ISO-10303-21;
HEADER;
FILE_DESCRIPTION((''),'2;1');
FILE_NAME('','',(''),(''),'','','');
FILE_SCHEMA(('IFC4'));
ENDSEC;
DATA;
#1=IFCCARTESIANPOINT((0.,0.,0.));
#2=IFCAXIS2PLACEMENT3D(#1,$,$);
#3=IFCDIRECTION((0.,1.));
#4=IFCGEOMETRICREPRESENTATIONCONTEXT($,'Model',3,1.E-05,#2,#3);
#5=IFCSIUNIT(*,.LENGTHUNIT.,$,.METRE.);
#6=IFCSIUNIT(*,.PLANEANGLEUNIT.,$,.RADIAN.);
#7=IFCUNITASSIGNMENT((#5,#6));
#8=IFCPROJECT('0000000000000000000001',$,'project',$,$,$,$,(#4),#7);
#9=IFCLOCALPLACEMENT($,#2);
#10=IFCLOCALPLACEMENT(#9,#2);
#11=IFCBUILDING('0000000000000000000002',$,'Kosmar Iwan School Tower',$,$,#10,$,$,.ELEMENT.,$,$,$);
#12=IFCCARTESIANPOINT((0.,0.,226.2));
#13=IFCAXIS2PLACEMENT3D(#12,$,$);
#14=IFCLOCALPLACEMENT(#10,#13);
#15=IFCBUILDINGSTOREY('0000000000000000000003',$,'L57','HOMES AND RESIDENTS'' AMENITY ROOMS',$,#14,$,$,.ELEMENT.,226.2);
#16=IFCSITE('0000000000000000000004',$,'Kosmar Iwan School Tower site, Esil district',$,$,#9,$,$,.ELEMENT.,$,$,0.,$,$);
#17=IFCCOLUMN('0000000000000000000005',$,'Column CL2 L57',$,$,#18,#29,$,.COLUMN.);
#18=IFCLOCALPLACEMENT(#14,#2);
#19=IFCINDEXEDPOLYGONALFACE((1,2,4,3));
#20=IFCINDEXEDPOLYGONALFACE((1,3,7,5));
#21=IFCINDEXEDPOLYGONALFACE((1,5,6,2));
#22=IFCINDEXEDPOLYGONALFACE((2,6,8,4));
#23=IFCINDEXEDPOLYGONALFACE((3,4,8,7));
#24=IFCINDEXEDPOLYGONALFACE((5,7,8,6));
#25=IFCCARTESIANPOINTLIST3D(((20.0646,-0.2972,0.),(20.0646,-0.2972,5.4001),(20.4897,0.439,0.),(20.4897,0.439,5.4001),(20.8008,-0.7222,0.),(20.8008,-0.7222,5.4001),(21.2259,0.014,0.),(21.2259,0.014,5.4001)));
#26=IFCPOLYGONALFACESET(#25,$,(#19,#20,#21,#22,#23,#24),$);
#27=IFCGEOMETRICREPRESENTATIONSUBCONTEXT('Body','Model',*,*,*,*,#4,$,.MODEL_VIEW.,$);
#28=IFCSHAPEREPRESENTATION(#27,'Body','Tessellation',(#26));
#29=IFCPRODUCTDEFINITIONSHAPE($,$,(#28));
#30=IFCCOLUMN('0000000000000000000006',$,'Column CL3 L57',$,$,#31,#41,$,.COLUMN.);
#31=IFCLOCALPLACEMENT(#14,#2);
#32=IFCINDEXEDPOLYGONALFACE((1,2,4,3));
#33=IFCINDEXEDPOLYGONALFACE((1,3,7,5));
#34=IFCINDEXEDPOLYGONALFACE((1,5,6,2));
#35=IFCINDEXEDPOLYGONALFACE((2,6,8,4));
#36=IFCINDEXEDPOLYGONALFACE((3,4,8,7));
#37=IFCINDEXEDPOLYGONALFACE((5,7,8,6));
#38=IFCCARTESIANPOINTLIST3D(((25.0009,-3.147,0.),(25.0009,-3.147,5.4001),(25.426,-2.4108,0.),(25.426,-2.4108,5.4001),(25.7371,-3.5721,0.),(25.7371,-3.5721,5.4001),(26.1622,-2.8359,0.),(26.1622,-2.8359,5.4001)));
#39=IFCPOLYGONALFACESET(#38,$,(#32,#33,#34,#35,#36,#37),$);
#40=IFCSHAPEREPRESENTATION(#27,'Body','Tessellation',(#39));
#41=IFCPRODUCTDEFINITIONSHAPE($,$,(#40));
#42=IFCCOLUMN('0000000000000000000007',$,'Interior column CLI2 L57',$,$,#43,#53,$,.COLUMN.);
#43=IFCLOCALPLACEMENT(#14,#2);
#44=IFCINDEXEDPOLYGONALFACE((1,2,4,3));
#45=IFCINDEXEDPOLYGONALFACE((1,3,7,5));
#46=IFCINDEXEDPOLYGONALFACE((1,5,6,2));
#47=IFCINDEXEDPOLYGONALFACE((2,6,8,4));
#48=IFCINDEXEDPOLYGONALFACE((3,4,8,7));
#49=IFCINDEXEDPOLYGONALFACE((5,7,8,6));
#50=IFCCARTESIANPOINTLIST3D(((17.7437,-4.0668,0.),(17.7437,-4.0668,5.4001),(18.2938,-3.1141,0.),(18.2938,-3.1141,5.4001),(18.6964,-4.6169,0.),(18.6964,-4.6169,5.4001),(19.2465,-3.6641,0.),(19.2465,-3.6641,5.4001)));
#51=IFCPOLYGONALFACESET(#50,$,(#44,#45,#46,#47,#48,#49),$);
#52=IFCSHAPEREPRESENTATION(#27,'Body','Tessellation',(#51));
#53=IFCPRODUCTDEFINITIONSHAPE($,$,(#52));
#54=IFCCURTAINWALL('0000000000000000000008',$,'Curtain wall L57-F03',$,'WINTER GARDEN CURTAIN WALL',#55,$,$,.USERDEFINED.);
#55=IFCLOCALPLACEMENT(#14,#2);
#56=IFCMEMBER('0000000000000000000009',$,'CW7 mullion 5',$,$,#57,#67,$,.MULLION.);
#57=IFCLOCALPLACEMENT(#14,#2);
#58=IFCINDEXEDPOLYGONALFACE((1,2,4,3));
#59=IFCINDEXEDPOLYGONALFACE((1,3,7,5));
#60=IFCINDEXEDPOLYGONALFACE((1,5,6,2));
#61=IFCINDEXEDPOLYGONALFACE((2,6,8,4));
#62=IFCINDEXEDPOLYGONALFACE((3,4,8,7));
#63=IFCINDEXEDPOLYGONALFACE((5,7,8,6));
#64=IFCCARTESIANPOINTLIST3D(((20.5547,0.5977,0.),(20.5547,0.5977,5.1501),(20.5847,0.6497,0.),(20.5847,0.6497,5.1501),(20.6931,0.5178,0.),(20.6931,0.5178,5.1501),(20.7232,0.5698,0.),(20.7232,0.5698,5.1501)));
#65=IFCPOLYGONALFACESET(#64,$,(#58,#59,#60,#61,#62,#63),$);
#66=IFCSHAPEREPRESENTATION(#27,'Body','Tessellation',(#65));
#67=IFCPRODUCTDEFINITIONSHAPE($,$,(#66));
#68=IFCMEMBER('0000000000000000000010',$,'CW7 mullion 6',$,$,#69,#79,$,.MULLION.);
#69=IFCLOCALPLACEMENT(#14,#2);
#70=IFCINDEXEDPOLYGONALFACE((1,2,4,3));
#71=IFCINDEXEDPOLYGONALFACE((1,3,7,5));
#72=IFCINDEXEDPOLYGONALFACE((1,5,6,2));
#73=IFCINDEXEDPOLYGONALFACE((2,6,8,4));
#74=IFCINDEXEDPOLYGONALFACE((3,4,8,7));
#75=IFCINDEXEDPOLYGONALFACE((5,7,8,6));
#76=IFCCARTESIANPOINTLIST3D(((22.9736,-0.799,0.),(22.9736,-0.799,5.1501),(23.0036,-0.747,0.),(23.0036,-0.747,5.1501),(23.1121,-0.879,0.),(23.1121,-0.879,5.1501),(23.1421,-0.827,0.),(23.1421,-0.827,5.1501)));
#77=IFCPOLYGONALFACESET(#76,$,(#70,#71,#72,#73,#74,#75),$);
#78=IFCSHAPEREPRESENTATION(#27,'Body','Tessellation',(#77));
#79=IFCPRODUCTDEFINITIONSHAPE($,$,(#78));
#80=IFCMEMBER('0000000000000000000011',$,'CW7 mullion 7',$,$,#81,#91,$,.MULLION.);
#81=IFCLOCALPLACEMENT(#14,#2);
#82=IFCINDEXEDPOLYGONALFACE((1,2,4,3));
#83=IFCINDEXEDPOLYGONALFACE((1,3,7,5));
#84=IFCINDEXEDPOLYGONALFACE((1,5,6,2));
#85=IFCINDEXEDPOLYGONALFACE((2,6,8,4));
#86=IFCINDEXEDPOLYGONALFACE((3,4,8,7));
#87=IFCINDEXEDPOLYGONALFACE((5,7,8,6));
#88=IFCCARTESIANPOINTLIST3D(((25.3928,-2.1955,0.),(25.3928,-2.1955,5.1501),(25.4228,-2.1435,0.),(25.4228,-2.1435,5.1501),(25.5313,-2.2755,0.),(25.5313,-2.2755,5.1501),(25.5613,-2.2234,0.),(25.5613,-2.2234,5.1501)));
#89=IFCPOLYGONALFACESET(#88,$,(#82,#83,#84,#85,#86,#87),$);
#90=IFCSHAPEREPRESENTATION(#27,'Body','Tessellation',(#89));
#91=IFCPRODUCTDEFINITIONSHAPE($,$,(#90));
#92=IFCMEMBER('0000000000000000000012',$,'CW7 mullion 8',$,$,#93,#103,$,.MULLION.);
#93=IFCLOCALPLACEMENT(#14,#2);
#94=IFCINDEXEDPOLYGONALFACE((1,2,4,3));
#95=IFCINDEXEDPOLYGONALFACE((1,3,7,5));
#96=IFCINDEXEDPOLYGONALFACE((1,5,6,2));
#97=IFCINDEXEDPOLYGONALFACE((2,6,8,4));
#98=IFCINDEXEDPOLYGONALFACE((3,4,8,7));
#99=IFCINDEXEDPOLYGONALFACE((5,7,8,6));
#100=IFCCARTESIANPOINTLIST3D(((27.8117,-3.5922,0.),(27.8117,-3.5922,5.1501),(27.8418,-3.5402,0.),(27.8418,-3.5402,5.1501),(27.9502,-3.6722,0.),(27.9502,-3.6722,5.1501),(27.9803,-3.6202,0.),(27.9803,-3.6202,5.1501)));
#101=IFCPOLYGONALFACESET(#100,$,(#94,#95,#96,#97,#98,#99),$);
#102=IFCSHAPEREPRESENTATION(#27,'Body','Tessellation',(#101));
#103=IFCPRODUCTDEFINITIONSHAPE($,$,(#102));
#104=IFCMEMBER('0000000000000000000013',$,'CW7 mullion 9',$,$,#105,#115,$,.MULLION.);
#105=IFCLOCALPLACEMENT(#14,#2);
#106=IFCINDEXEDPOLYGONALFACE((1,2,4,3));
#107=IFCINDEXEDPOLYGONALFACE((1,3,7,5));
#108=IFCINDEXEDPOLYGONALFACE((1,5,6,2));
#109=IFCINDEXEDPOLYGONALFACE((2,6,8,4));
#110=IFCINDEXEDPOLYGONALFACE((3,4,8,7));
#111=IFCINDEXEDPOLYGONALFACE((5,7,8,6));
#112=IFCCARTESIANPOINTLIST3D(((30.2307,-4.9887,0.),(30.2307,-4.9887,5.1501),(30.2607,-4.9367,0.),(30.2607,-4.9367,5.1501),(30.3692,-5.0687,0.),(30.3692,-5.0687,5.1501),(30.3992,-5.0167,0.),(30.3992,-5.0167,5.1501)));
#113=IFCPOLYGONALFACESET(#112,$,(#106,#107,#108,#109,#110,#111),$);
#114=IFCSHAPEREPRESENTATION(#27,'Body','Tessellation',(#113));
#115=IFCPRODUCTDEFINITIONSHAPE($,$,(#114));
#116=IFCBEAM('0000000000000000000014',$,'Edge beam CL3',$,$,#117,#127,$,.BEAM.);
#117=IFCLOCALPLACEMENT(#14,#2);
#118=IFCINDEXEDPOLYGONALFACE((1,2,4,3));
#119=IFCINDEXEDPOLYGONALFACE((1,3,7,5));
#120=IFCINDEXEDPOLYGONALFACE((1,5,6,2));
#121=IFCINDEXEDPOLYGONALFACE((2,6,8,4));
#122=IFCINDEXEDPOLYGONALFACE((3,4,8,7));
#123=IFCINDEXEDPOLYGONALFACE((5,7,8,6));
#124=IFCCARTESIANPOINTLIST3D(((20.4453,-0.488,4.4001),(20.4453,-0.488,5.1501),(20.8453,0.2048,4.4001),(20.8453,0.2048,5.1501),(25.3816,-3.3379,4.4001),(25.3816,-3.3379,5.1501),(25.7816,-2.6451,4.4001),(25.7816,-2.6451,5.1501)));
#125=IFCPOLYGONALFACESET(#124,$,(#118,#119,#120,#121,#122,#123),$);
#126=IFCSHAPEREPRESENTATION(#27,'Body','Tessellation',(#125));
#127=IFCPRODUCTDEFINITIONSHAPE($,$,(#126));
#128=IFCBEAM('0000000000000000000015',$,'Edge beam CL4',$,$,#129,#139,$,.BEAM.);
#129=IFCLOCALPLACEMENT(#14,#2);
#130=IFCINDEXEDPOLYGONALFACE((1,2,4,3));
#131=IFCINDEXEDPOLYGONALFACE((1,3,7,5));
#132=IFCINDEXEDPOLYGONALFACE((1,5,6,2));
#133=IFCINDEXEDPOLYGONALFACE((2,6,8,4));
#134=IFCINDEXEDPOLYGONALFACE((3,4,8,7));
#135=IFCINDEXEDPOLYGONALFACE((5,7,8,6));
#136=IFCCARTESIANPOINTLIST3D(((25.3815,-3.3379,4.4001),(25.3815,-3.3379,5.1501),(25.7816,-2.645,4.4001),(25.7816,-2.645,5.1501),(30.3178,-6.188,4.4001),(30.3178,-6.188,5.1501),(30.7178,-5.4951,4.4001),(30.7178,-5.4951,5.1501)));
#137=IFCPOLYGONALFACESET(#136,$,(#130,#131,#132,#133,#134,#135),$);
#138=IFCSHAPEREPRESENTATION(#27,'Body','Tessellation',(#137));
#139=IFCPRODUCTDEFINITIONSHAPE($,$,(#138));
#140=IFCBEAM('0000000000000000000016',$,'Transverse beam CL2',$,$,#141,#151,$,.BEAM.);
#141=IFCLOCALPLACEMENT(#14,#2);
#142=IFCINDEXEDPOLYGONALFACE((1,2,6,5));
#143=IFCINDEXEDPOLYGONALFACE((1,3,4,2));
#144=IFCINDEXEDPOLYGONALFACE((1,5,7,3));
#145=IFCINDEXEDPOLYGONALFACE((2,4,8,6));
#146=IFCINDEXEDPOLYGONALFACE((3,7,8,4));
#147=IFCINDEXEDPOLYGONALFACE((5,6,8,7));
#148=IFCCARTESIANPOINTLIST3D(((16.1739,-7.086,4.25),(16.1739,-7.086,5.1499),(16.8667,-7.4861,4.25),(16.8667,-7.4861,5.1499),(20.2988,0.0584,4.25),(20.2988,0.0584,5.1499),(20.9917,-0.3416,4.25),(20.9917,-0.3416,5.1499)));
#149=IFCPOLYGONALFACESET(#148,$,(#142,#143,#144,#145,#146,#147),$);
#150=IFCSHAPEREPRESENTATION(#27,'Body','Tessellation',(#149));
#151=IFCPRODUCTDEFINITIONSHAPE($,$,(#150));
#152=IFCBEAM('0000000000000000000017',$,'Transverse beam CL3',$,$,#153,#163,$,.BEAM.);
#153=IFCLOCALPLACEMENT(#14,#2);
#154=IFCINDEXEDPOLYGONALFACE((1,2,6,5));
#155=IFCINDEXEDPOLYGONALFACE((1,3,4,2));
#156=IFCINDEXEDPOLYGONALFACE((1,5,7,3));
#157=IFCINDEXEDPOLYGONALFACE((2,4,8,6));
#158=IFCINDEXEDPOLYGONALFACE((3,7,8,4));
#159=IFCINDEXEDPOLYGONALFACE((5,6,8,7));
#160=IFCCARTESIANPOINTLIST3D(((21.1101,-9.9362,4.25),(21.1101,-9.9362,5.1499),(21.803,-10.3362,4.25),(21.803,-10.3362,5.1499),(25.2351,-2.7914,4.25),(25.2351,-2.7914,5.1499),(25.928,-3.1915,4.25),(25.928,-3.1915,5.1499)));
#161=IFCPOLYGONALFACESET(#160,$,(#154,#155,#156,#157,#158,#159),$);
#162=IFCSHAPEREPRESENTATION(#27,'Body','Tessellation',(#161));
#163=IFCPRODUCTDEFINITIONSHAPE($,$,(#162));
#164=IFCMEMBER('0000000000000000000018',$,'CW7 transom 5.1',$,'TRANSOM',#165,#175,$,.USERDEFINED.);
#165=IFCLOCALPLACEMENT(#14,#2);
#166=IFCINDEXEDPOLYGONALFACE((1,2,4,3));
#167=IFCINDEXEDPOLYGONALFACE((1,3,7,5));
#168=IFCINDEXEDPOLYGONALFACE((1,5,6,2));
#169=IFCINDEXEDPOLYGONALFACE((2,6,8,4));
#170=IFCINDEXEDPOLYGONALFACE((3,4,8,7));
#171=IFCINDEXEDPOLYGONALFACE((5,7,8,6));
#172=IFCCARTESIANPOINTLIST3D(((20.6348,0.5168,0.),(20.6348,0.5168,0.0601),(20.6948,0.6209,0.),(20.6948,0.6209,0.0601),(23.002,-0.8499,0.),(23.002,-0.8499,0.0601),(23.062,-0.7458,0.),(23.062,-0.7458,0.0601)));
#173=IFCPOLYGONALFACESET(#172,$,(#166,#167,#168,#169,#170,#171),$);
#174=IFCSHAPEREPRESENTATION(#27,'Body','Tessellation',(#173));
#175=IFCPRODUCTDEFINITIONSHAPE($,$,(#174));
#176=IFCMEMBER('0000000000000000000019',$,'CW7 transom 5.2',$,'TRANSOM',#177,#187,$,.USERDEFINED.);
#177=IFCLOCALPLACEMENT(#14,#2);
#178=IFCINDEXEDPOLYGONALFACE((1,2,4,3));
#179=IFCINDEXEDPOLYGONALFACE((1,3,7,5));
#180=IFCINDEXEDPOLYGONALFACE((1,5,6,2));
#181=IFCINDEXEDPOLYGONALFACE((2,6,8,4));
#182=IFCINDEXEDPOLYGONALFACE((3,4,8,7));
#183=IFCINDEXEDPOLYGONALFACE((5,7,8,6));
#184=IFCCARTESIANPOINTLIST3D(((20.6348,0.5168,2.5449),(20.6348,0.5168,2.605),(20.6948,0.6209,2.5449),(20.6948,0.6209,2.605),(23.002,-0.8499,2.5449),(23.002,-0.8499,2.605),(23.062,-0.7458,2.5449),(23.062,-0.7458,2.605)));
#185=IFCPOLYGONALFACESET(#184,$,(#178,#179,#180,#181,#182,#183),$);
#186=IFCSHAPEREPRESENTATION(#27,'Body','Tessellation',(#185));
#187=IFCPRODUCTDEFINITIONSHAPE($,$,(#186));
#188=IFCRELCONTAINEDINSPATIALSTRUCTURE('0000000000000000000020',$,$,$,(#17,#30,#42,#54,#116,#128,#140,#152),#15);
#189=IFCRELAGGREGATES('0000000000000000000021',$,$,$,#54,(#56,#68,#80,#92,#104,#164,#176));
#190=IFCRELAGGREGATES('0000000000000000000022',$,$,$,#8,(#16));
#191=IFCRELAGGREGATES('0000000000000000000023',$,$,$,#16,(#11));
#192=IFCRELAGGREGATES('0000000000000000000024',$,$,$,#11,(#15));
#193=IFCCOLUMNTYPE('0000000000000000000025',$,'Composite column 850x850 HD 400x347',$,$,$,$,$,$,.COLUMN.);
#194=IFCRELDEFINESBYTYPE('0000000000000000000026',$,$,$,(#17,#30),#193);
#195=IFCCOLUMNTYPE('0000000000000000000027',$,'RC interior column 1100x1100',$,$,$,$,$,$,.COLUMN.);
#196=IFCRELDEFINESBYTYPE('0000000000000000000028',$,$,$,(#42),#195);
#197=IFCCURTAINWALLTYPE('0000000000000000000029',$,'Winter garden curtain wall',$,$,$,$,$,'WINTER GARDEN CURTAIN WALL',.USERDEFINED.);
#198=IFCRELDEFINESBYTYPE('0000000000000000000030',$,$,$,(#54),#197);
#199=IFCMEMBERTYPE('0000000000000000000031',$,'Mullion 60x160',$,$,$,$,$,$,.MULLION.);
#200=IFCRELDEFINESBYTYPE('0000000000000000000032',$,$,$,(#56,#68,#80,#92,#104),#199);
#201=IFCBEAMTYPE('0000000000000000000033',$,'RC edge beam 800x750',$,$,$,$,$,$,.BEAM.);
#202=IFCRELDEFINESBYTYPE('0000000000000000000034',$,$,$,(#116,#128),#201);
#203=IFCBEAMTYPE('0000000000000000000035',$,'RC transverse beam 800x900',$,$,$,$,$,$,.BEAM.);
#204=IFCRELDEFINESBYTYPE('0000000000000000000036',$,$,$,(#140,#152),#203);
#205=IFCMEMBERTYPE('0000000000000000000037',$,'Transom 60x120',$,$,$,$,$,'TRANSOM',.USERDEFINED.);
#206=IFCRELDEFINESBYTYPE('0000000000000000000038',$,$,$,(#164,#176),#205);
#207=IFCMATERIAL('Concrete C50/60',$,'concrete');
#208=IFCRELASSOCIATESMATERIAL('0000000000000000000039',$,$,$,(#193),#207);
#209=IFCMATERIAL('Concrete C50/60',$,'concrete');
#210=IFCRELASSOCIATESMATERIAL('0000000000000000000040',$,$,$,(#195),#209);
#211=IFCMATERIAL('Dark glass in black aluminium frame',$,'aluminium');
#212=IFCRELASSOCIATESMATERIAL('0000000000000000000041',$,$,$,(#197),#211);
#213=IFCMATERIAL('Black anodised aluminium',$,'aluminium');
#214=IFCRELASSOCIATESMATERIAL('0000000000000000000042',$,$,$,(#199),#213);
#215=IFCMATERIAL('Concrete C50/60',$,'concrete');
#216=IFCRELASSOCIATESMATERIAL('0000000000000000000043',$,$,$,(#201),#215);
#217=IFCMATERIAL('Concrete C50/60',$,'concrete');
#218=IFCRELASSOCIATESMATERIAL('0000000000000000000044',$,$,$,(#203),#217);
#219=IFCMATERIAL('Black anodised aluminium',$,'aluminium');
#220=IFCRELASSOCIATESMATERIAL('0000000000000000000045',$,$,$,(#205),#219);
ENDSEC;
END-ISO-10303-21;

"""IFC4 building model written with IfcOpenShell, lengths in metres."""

from ifc_helpers import new_model, si_unit, direction, frame, origin, origin_2d, place, context, subcontext, project, spatial, rectangle, extrude, material, material_profile, profile_set, type_object, element, aggregate, save


model = new_model("IFC4")

# Units and contexts
model_context = context("Model", 3, precision=1e-05, world=origin(), true_north=direction((0.0, 1.0)))
body_context = subcontext(model_context, "Body", "Model", "MODEL_VIEW")
ifc_project = project(units=[si_unit("LENGTHUNIT", "METRE"), si_unit("PLANEANGLEUNIT", "RADIAN")], contexts=[model_context])

# Site, building, storey
site_placement = place(None, origin())
site = spatial("IfcSite", under=ifc_project, at=site_placement, Name="Kosmar Iwan School Tower site, Esil district", CompositionType="ELEMENT", RefElevation=0.0)
building_placement = place(site_placement, origin())
building = spatial("IfcBuilding", under=site, at=building_placement, Name="Kosmar Iwan School Tower", CompositionType="ELEMENT")
storey_placement = place(building_placement, frame((0.0, 0.0, 226.2)))
storey = spatial("IfcBuildingStorey", under=building, at=storey_placement, Name="L57", Description="HOMES AND RESIDENTS' AMENITY ROOMS", CompositionType="ELEMENT", Elevation=226.2)

# Columns
ifc_material_1 = material(Name="Concrete C50/60", Category="concrete")
ifc_material_profile_1 = material_profile(ifc_material_1, rectangle(XDim=0.8501, YDim=0.8501, at=origin_2d()), Name="RC 850x850 + HD 400x347")
ifc_profile_set_1 = profile_set([ifc_material_profile_1], Name="Concrete C50/60")
column_type_1 = type_object("IfcColumnType", Name="Composite column 850x850 HD 400x347", PredefinedType="COLUMN", material=ifc_profile_set_1)
for number, where, z_axis, x_axis, name in (
    (1, (20.6453, -0.1416, 0.0), (0.0, 0.0, 1.0), (0.866025, -0.5, 0.0), "Column CL2 L57"),
    (2, (25.5815, -2.9915, 0.0), (0.0, 0.0, 1.0), (0.866025, -0.5, 0.0), "Column CL3 L57"),
):
    element("IfcColumn", number, at=place(storey_placement, frame(where, z_axis=z_axis, x_axis=x_axis)), inside=storey, type_object=column_type_1, Name=name, PredefinedType="COLUMN", context=body_context, shape_type="SweptSolid", body=[
        extrude(rectangle(XDim=0.8501, YDim=0.8501, at=origin_2d()), origin(), (0.0, 0.0, 1.0), 5.4001),
    ])
ifc_material_2 = material(Name="Concrete C50/60", Category="concrete")
ifc_material_profile_2 = material_profile(ifc_material_2, rectangle(XDim=1.1001, YDim=1.1001, at=origin_2d()), Name="RC 1100x1100")
ifc_profile_set_2 = profile_set([ifc_material_profile_2], Name="Concrete C50/60")
column_type_2 = type_object("IfcColumnType", Name="RC interior column 1100x1100", PredefinedType="COLUMN", material=ifc_profile_set_2)
column_placement = place(storey_placement, frame((18.4951, -3.8655, 0.0), z_axis=(0.0, 0.0, 1.0), x_axis=(0.866025, -0.5, 0.0)))
element("IfcColumn", 3, at=column_placement, inside=storey, type_object=column_type_2, Name="Interior column CLI2 L57", PredefinedType="COLUMN", context=body_context, shape_type="SweptSolid", body=[
    extrude(rectangle(XDim=1.1001, YDim=1.1001, at=origin_2d()), origin(), (0.0, 0.0, 1.0), 5.4001),
])

# Curtain wall, members
ifc_material_3 = material(Name="Dark glass in black aluminium frame", Category="aluminium")
curtain_wall_type = type_object("IfcCurtainWallType", Name="Winter garden curtain wall", ElementType="WINTER GARDEN CURTAIN WALL", PredefinedType="USERDEFINED", material=ifc_material_3)
curtain_wall_placement = place(storey_placement, origin())
curtain_wall = element("IfcCurtainWall", 4, at=curtain_wall_placement, inside=storey, type_object=curtain_wall_type, Name="Curtain wall L57-F03", ObjectType="WINTER GARDEN CURTAIN WALL", PredefinedType="USERDEFINED")
ifc_material_4 = material(Name="Black anodised aluminium", Category="aluminium")
ifc_material_profile_3 = material_profile(ifc_material_4, rectangle(XDim=0.0601, YDim=0.1599, at=origin_2d()), Name="MULLION 60x160")
ifc_profile_set_3 = profile_set([ifc_material_profile_3], Name="Black anodised aluminium")
member_type_1 = type_object("IfcMemberType", Name="Mullion 60x160", PredefinedType="MULLION", material=ifc_profile_set_3)
member_1_placement = place(storey_placement, frame((20.6389, 0.5837, 0.0), z_axis=(0.0, 0.0, 1.0), x_axis=(0.5, 0.866025, 0.0)))
member_1 = element("IfcMember", 5, at=member_1_placement, type_object=member_type_1, Name="CW7 mullion 5", PredefinedType="MULLION", context=body_context, shape_type="SweptSolid", body=[
    extrude(rectangle(XDim=0.0601, YDim=0.1599, at=origin_2d()), origin(), (0.0, 0.0, 1.0), 5.1501),
])
member_2_placement = place(storey_placement, frame((23.0579, -0.813, 0.0), z_axis=(0.0, 0.0, 1.0), x_axis=(0.5, 0.866025, 0.0)))
member_2 = element("IfcMember", 6, at=member_2_placement, type_object=member_type_1, Name="CW7 mullion 6", PredefinedType="MULLION", context=body_context, shape_type="SweptSolid", body=[
    extrude(rectangle(XDim=0.0601, YDim=0.1599, at=origin_2d()), origin(), (0.0, 0.0, 1.0), 5.1501),
])
member_3_placement = place(storey_placement, frame((25.4771, -2.2095, 0.0), z_axis=(0.0, 0.0, 1.0), x_axis=(0.5, 0.866025, 0.0)))
member_3 = element("IfcMember", 7, at=member_3_placement, type_object=member_type_1, Name="CW7 mullion 7", PredefinedType="MULLION", context=body_context, shape_type="SweptSolid", body=[
    extrude(rectangle(XDim=0.0601, YDim=0.1599, at=origin_2d()), origin(), (0.0, 0.0, 1.0), 5.1501),
])
member_4_placement = place(storey_placement, frame((27.896, -3.6062, 0.0), z_axis=(0.0, 0.0, 1.0), x_axis=(0.5, 0.866025, 0.0)))
member_4 = element("IfcMember", 8, at=member_4_placement, type_object=member_type_1, Name="CW7 mullion 8", PredefinedType="MULLION", context=body_context, shape_type="SweptSolid", body=[
    extrude(rectangle(XDim=0.0601, YDim=0.1599, at=origin_2d()), origin(), (0.0, 0.0, 1.0), 5.1501),
])
member_5_placement = place(storey_placement, frame((30.3149, -5.0027, 0.0), z_axis=(0.0, 0.0, 1.0), x_axis=(0.5, 0.866025, 0.0)))
member_5 = element("IfcMember", 9, at=member_5_placement, type_object=member_type_1, Name="CW7 mullion 9", PredefinedType="MULLION", context=body_context, shape_type="SweptSolid", body=[
    extrude(rectangle(XDim=0.0601, YDim=0.1599, at=origin_2d()), origin(), (0.0, 0.0, 1.0), 5.1501),
])

# Beams
ifc_material_5 = material(Name="Concrete C50/60", Category="concrete")
ifc_material_profile_4 = material_profile(ifc_material_5, rectangle(XDim=0.8, YDim=0.75, at=origin_2d()), Name="RC 800x750")
ifc_profile_set_4 = profile_set([ifc_material_profile_4], Name="Concrete C50/60")
beam_type_1 = type_object("IfcBeamType", Name="RC edge beam 800x750", PredefinedType="BEAM", material=ifc_profile_set_4)
for number, where, z_axis, x_axis, name in (
    (10, (20.6453, -0.1416, 4.7751), (0.866034, -0.499986, 0.0), (0.499986, 0.866034, 0.0), "Edge beam CL3"),
    (11, (25.5815, -2.9915, 4.7751), (0.866015, -0.500018, 0.0), (0.500018, 0.866015, 0.0), "Edge beam CL4"),
):
    element("IfcBeam", number, at=place(storey_placement, frame(where, z_axis=z_axis, x_axis=x_axis)), inside=storey, type_object=beam_type_1, Name=name, PredefinedType="BEAM", context=body_context, shape_type="SweptSolid", body=[
        extrude(rectangle(XDim=0.8, YDim=0.75, at=origin_2d()), origin(), (0.0, 0.0, 1.0), 5.7),
    ])
ifc_material_6 = material(Name="Concrete C50/60", Category="concrete")
ifc_material_profile_5 = material_profile(ifc_material_6, rectangle(XDim=0.8, YDim=0.8999, at=origin_2d()), Name="RC 800x900")
ifc_profile_set_5 = profile_set([ifc_material_profile_5], Name="Concrete C50/60")
beam_type_2 = type_object("IfcBeamType", Name="RC transverse beam 800x900", PredefinedType="BEAM", material=ifc_profile_set_5)
beam_1_placement = place(storey_placement, frame((20.6453, -0.1416, 4.7), z_axis=(-0.500009, -0.86602, 0.0), x_axis=(0.86602, -0.500009, 0.0)))
element("IfcBeam", 12, at=beam_1_placement, inside=storey, type_object=beam_type_2, Name="Transverse beam CL2", PredefinedType="BEAM", context=body_context, shape_type="SweptSolid", body=[
    extrude(rectangle(XDim=0.8, YDim=0.8999, at=origin_2d()), origin(), (0.0, 0.0, 1.0), 8.2498),
])
beam_2_placement = place(storey_placement, frame((25.5815, -2.9915, 4.7), z_axis=(-0.499997, -0.866027, 0.0), x_axis=(0.866027, -0.499997, 0.0)))
element("IfcBeam", 13, at=beam_2_placement, inside=storey, type_object=beam_type_2, Name="Transverse beam CL3", PredefinedType="BEAM", context=body_context, shape_type="SweptSolid", body=[
    extrude(rectangle(XDim=0.8, YDim=0.8999, at=origin_2d()), origin(), (0.0, 0.0, 1.0), 8.25),
])

# Members
ifc_material_7 = material(Name="Black anodised aluminium", Category="aluminium")
ifc_material_profile_6 = material_profile(ifc_material_7, rectangle(XDim=0.1201, YDim=0.0601, at=origin_2d()), Name="TRANSOM 60x120")
ifc_profile_set_6 = profile_set([ifc_material_profile_6], Name="Black anodised aluminium")
member_type_2 = type_object("IfcMemberType", Name="Transom 60x120", ElementType="TRANSOM", PredefinedType="USERDEFINED", material=ifc_profile_set_6)
member_6_placement = place(storey_placement, frame((20.6648, 0.5688, 0.03), z_axis=(0.866025, -0.500001, 0.0), x_axis=(0.500001, 0.866025, 0.0)))
member_6 = element("IfcMember", 14, at=member_6_placement, type_object=member_type_2, Name="CW7 transom 5.1", ObjectType="TRANSOM", PredefinedType="USERDEFINED", context=body_context, shape_type="SweptSolid", body=[
    extrude(rectangle(XDim=0.1201, YDim=0.0601, at=origin_2d()), origin(), (0.0, 0.0, 1.0), 2.7334),
])
member_7_placement = place(storey_placement, frame((20.6648, 0.5688, 2.575), z_axis=(0.866025, -0.500001, 0.0), x_axis=(0.500001, 0.866025, 0.0)))
member_7 = element("IfcMember", 15, at=member_7_placement, type_object=member_type_2, Name="CW7 transom 5.2", ObjectType="TRANSOM", PredefinedType="USERDEFINED", context=body_context, shape_type="SweptSolid", body=[
    extrude(rectangle(XDim=0.1201, YDim=0.0601, at=origin_2d()), origin(), (0.0, 0.0, 1.0), 2.7334),
])

aggregate(curtain_wall, [member_1, member_2, member_3, member_4, member_5, member_6, member_7])

save(model, "model.ifc")
